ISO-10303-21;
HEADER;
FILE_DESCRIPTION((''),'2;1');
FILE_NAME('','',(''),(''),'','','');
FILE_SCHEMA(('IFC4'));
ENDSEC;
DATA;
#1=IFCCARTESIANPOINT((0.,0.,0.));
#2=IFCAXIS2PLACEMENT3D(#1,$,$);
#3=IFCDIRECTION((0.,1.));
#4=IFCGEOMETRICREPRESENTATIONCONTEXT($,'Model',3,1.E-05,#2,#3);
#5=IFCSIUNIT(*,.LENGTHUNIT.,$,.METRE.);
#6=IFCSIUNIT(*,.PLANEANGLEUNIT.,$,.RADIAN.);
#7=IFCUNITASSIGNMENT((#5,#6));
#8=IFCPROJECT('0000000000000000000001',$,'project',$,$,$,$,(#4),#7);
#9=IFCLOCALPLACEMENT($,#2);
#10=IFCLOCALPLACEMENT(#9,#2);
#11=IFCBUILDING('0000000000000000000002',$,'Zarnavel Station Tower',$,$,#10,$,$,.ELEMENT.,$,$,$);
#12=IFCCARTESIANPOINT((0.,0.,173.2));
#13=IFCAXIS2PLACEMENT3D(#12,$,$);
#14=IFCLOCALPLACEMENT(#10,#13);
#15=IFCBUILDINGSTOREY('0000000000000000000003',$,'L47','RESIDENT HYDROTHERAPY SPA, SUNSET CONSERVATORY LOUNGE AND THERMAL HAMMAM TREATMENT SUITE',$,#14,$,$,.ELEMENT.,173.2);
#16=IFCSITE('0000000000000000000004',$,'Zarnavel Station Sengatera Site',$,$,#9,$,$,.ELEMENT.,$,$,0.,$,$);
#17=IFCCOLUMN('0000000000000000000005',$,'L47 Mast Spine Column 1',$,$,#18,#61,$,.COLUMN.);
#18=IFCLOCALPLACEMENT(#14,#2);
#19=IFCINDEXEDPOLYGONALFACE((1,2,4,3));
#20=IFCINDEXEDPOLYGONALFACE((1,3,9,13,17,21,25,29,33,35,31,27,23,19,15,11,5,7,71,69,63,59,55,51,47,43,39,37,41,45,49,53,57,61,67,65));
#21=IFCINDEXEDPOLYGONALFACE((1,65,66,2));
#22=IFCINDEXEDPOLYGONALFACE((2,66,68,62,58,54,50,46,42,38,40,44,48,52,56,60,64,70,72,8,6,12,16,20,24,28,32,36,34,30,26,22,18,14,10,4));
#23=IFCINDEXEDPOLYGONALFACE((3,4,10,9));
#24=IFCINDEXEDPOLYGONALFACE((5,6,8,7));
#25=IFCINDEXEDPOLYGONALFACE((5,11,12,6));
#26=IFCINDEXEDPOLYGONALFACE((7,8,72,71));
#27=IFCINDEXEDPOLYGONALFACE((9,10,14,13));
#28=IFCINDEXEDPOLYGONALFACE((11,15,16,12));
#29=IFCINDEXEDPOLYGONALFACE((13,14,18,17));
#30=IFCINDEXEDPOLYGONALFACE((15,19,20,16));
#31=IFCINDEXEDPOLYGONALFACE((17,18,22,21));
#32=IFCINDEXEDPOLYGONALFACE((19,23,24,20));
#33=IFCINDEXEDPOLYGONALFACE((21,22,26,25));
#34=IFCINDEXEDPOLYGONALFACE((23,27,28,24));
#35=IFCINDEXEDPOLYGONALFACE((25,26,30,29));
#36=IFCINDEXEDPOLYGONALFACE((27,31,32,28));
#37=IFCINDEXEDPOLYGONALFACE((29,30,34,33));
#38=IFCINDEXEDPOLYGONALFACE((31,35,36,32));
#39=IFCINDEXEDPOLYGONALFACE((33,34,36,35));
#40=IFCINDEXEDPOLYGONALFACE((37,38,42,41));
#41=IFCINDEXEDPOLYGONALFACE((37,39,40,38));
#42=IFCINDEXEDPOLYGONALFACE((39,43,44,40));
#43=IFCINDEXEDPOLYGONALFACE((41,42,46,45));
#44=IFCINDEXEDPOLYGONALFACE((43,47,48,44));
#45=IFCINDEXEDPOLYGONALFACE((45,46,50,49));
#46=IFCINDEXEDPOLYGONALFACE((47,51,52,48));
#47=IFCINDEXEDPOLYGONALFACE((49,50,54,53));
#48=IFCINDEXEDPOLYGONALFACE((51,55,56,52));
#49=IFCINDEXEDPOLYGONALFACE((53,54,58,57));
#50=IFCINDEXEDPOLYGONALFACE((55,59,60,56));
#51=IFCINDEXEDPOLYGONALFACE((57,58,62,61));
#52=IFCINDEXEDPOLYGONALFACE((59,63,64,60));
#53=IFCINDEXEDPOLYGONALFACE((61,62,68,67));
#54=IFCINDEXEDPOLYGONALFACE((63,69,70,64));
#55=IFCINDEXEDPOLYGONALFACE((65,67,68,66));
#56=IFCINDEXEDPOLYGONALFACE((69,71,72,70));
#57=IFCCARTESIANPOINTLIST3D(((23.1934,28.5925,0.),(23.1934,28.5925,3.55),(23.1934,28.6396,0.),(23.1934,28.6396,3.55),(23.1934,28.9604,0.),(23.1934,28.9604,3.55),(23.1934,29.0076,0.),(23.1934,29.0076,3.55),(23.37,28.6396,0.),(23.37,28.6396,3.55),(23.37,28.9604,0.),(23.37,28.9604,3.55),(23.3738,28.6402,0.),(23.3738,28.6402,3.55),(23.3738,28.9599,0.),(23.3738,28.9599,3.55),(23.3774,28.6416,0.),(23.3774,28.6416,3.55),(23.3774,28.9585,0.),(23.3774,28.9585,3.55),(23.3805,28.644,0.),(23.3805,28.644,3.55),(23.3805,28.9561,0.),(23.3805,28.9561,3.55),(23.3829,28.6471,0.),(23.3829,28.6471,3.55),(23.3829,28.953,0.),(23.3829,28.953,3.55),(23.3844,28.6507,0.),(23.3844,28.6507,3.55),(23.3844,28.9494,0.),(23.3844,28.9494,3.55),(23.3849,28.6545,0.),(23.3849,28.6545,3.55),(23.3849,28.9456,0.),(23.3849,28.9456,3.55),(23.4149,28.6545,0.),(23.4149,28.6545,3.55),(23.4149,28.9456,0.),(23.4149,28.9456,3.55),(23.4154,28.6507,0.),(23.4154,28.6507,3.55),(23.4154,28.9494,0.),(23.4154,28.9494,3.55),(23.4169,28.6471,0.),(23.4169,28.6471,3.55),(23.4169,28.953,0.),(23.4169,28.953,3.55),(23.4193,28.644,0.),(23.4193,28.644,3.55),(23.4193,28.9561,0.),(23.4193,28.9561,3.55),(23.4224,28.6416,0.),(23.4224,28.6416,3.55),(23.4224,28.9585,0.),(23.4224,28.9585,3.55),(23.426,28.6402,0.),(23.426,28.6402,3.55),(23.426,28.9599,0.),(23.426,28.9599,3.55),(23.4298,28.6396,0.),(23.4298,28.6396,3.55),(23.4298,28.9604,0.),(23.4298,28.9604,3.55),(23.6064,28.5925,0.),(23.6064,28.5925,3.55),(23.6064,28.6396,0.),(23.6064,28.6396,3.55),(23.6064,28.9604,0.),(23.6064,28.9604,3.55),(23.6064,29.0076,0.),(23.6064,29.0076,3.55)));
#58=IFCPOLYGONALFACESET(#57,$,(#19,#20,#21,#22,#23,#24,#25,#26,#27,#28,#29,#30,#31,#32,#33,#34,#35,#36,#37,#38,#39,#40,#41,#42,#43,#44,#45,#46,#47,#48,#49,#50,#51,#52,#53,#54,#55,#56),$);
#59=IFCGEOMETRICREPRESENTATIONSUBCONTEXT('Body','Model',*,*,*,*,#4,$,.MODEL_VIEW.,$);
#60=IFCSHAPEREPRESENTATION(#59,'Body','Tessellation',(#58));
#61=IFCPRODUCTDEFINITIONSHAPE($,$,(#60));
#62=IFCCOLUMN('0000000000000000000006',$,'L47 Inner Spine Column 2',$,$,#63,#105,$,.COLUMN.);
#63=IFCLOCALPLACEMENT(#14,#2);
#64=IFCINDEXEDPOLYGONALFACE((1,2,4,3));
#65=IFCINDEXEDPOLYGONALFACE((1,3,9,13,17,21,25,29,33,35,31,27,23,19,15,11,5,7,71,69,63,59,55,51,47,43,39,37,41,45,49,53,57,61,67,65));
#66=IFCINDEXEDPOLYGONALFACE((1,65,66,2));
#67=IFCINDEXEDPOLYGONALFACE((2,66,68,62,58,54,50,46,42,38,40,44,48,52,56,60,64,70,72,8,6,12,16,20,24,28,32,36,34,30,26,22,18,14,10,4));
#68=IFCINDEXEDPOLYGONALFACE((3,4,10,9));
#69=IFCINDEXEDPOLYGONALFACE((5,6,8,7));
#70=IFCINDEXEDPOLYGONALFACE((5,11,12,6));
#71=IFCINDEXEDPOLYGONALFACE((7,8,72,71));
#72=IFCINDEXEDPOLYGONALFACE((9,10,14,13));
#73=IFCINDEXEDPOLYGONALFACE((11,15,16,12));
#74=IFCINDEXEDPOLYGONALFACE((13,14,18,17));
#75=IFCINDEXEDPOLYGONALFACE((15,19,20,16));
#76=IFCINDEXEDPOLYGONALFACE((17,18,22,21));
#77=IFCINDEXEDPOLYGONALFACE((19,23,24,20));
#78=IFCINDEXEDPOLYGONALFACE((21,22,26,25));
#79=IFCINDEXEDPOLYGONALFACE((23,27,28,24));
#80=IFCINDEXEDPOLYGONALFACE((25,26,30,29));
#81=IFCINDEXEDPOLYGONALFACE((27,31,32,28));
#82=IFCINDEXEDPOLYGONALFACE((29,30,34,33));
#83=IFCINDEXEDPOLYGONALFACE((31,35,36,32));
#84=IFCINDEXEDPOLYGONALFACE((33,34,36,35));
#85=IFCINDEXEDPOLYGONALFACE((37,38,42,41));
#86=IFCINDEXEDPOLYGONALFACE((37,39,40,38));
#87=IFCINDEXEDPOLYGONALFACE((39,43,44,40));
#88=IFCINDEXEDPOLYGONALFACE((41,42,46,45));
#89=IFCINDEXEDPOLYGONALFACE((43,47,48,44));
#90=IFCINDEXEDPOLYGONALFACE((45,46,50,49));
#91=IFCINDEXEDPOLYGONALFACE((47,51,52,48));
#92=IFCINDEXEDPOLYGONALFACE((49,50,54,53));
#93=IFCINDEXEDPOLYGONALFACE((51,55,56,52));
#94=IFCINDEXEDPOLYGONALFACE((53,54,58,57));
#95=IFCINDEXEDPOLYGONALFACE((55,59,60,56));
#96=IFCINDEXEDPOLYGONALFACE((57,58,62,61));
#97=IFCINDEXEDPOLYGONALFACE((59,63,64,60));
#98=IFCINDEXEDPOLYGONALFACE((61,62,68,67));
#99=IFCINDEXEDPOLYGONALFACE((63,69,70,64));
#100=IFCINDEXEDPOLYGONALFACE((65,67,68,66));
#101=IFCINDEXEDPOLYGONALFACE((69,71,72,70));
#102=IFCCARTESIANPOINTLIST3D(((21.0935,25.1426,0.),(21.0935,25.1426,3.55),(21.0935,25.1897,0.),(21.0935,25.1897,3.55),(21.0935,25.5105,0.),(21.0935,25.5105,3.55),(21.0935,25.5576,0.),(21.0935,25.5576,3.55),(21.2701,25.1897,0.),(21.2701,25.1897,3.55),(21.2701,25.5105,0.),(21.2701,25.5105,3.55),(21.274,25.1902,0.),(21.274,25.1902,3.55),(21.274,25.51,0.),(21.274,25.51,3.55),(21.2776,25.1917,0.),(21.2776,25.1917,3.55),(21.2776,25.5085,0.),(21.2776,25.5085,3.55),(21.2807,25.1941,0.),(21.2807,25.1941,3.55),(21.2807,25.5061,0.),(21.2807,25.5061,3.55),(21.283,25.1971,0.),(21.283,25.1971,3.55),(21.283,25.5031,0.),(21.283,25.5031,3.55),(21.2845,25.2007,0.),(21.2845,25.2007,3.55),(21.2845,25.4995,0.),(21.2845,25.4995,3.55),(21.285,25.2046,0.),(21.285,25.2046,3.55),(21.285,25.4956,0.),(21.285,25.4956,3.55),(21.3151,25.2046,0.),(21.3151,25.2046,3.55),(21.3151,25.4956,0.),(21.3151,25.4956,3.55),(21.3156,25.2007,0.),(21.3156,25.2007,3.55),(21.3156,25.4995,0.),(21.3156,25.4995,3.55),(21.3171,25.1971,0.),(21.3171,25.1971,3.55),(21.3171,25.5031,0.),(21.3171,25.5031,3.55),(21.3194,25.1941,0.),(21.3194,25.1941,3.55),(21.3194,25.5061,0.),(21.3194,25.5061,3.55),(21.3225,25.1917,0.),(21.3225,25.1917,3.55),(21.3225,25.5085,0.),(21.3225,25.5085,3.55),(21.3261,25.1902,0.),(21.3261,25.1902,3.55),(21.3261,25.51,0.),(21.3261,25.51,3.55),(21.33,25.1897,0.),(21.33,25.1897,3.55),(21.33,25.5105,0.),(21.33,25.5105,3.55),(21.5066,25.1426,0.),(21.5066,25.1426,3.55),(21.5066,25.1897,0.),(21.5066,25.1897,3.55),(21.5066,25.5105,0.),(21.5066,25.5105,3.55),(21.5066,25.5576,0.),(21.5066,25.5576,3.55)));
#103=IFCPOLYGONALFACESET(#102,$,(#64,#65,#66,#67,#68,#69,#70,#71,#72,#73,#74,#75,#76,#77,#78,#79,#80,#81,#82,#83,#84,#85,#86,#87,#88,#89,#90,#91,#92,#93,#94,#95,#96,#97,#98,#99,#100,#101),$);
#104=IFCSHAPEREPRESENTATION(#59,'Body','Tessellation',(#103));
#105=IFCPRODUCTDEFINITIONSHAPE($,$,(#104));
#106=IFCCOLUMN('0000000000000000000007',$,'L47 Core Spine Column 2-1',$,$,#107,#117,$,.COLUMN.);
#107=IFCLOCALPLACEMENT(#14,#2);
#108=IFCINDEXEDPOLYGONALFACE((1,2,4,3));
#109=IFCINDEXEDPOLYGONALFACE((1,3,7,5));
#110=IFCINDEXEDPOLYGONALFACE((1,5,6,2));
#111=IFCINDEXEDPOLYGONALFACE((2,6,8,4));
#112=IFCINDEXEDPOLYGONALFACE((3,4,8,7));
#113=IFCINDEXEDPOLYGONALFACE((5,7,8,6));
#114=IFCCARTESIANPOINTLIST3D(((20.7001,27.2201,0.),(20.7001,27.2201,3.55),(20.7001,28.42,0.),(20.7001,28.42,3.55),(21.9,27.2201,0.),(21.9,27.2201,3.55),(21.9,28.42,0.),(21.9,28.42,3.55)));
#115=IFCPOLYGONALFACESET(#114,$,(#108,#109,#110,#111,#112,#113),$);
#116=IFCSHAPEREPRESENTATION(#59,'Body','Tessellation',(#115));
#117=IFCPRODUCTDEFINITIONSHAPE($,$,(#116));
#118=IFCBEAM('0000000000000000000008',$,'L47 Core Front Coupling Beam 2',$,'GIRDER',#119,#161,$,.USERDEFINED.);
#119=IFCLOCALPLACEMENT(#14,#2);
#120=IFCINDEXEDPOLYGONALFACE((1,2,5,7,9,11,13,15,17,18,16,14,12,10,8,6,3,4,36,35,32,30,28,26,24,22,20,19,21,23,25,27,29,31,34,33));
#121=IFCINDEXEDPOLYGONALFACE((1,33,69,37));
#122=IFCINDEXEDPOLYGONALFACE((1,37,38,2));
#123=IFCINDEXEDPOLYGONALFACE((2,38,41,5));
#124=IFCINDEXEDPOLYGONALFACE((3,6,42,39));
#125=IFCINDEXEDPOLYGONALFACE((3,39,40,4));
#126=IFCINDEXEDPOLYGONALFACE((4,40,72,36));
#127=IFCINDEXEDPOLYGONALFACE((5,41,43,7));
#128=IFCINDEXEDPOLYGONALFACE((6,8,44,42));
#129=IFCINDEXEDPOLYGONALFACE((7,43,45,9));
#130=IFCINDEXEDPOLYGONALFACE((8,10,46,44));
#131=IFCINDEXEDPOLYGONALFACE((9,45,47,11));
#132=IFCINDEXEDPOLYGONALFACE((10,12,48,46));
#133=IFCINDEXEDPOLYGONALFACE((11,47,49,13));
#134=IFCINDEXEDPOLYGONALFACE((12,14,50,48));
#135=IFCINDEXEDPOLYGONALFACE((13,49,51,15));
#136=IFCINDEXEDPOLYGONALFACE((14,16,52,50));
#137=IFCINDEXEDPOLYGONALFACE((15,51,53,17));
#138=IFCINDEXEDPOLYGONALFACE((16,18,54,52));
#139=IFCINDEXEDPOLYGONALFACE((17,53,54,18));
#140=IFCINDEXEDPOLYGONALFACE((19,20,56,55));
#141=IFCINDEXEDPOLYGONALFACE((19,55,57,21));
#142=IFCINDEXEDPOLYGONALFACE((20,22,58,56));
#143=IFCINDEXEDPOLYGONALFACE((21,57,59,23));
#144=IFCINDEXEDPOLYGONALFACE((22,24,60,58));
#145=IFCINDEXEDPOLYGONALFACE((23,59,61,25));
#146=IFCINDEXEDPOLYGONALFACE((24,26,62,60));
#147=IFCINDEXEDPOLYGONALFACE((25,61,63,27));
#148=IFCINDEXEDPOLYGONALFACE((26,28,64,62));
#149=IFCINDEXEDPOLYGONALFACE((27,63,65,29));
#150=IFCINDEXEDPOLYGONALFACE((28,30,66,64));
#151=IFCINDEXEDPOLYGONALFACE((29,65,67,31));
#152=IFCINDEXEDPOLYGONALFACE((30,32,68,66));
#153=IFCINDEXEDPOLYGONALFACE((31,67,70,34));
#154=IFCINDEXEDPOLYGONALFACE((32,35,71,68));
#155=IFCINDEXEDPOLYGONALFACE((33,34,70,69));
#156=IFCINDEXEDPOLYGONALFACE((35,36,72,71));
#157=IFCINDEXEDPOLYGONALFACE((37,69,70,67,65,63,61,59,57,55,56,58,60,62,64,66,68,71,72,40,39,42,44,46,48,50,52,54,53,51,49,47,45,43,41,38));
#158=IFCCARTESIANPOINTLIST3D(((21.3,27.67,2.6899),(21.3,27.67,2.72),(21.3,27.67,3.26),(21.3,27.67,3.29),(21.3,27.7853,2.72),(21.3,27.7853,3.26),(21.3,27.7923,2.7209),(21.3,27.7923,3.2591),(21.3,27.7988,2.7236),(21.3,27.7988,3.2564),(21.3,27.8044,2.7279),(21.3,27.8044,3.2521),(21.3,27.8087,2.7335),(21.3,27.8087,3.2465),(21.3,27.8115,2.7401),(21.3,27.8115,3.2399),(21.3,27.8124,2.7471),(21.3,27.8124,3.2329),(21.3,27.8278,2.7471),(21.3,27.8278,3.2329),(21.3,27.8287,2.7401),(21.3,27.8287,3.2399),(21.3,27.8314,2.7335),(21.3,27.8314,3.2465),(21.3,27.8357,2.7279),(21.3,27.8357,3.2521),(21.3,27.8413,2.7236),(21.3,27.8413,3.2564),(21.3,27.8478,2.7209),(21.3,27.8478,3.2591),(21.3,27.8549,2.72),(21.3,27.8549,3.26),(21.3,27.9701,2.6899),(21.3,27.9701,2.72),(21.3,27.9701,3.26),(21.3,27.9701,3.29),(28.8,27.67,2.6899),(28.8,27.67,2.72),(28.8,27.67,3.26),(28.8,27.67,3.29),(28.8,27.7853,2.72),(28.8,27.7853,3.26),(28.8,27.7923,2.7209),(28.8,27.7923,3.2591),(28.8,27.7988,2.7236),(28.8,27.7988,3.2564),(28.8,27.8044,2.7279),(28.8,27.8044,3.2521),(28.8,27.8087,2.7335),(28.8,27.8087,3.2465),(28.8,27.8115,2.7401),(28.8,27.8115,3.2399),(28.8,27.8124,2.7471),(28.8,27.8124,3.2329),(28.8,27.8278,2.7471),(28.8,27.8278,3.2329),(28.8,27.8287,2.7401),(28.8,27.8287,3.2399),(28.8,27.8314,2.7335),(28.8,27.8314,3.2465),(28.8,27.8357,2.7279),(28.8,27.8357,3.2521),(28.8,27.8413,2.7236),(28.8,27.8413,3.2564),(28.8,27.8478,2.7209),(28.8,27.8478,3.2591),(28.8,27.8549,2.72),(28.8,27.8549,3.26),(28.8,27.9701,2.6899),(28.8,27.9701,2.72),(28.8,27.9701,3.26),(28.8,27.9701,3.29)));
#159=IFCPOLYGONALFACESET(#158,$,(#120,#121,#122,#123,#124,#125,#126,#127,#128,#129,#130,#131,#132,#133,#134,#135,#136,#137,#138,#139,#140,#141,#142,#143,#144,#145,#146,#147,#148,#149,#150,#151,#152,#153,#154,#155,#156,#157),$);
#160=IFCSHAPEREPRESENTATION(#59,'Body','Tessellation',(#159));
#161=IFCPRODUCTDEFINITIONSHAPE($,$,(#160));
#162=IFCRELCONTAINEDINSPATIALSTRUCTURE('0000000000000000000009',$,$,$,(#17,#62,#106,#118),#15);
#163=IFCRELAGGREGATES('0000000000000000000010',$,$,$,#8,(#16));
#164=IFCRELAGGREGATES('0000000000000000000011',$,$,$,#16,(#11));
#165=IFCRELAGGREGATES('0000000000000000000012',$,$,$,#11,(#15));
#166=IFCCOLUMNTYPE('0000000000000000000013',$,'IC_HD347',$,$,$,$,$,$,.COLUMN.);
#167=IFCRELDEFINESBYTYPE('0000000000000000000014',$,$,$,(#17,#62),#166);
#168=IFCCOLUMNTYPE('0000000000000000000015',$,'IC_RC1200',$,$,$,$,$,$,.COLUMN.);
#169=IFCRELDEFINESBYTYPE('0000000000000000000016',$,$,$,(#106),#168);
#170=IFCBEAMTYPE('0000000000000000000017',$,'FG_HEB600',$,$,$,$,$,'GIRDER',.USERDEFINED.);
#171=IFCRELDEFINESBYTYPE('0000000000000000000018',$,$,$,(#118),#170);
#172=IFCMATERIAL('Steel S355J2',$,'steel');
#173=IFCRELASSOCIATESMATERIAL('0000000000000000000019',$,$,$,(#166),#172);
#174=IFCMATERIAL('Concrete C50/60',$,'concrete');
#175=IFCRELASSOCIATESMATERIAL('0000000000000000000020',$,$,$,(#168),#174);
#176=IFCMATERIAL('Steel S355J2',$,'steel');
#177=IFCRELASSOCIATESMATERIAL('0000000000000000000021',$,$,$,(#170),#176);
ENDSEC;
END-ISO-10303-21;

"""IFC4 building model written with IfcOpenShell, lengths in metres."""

from ifc_helpers import new_model, si_unit, direction, frame, origin, origin_2d, place, context, subcontext, project, spatial, rectangle, i_section, extrude, material, material_profile, profile_set, type_object, element, save


model = new_model("IFC4")

# Units and contexts
model_context = context("Model", 3, precision=1e-05, world=origin(), true_north=direction((0.0, 1.0)))
body_context = subcontext(model_context, "Body", "Model", "MODEL_VIEW")
ifc_project = project(units=[si_unit("LENGTHUNIT", "METRE"), si_unit("PLANEANGLEUNIT", "RADIAN")], contexts=[model_context])

# Site, building, storey
site_placement = place(None, origin())
site = spatial("IfcSite", under=ifc_project, at=site_placement, Name="Zarnavel Station Sengatera Site", CompositionType="ELEMENT", RefElevation=0.0)
building_placement = place(site_placement, origin())
building = spatial("IfcBuilding", under=site, at=building_placement, Name="Zarnavel Station Tower", CompositionType="ELEMENT")
storey_placement = place(building_placement, frame((0.0, 0.0, 173.2)))
storey = spatial("IfcBuildingStorey", under=building, at=storey_placement, Name="L47", Description="RESIDENT HYDROTHERAPY SPA, SUNSET CONSERVATORY LOUNGE AND THERMAL HAMMAM TREATMENT SUITE", CompositionType="ELEMENT", Elevation=173.2)

# Columns
ifc_material_1 = material(Name="Steel S355J2", Category="steel")
ifc_material_profile_1 = material_profile(ifc_material_1, i_section(OverallWidth=0.4131, OverallDepth=0.415, WebThickness=0.03, FlangeThickness=0.0471, FilletRadius=0.0149, at=origin_2d()), Name="HD400x347")
ifc_profile_set_1 = profile_set([ifc_material_profile_1], Name="Steel S355J2")
column_type_1 = type_object("IfcColumnType", Name="IC_HD347", PredefinedType="COLUMN", material=ifc_profile_set_1)
for number, where, z_axis, x_axis, name in (
    (1, (23.3999, 28.8, 0.0), (0.0, 0.0, 1.0), (1.0, 0.0, 0.0), "L47 Mast Spine Column 1"),
    (2, (21.3, 25.3501, 0.0), (0.0, 0.0, 1.0), (1.0, 0.0, 0.0), "L47 Inner Spine Column 2"),
):
    element("IfcColumn", number, at=place(storey_placement, frame(where, z_axis=z_axis, x_axis=x_axis)), inside=storey, type_object=column_type_1, Name=name, PredefinedType="COLUMN", context=body_context, shape_type="SweptSolid", body=[
        extrude(i_section(OverallWidth=0.4131, OverallDepth=0.415, WebThickness=0.03, FlangeThickness=0.0471, FilletRadius=0.0149, at=origin_2d()), origin(), (0.0, 0.0, 1.0), 3.55),
    ])
ifc_material_2 = material(Name="Concrete C50/60", Category="concrete")
ifc_material_profile_2 = material_profile(ifc_material_2, rectangle(XDim=1.2, YDim=1.2, at=origin_2d()), Name="RC1200x1200")
ifc_profile_set_2 = profile_set([ifc_material_profile_2], Name="Concrete C50/60")
column_type_2 = type_object("IfcColumnType", Name="IC_RC1200", PredefinedType="COLUMN", material=ifc_profile_set_2)
column_placement = place(storey_placement, frame((21.3, 27.8201, 0.0), z_axis=(0.0, 0.0, 1.0), x_axis=(1.0, 0.0, 0.0)))
element("IfcColumn", 3, at=column_placement, inside=storey, type_object=column_type_2, Name="L47 Core Spine Column 2-1", PredefinedType="COLUMN", context=body_context, shape_type="SweptSolid", body=[
    extrude(rectangle(XDim=1.2, YDim=1.2, at=origin_2d()), origin(), (0.0, 0.0, 1.0), 3.55),
])

# Beam
ifc_material_3 = material(Name="Steel S355J2", Category="steel")
ifc_material_profile_3 = material_profile(ifc_material_3, i_section(OverallWidth=0.3, OverallDepth=0.6001, WebThickness=0.0154, FlangeThickness=0.03, FilletRadius=0.0271, at=origin_2d()), Name="HEB600")
ifc_profile_set_3 = profile_set([ifc_material_profile_3], Name="Steel S355J2")
beam_type_1 = type_object("IfcBeamType", Name="FG_HEB600", ElementType="GIRDER", PredefinedType="USERDEFINED", material=ifc_profile_set_3)
beam_1_placement = place(storey_placement, frame((21.3, 27.8201, 2.99), z_axis=(1.0, 0.0, 0.0), x_axis=(0.0, 1.0, 0.0)))
element("IfcBeam", 4, at=beam_1_placement, inside=storey, type_object=beam_type_1, Name="L47 Core Front Coupling Beam 2", ObjectType="GIRDER", PredefinedType="USERDEFINED", context=body_context, shape_type="SweptSolid", body=[
    extrude(i_section(OverallWidth=0.3, OverallDepth=0.6001, WebThickness=0.0154, FlangeThickness=0.03, FilletRadius=0.0271, at=origin_2d()), origin(), (0.0, 0.0, 1.0), 7.5),
])

save(model, "model.ifc")
